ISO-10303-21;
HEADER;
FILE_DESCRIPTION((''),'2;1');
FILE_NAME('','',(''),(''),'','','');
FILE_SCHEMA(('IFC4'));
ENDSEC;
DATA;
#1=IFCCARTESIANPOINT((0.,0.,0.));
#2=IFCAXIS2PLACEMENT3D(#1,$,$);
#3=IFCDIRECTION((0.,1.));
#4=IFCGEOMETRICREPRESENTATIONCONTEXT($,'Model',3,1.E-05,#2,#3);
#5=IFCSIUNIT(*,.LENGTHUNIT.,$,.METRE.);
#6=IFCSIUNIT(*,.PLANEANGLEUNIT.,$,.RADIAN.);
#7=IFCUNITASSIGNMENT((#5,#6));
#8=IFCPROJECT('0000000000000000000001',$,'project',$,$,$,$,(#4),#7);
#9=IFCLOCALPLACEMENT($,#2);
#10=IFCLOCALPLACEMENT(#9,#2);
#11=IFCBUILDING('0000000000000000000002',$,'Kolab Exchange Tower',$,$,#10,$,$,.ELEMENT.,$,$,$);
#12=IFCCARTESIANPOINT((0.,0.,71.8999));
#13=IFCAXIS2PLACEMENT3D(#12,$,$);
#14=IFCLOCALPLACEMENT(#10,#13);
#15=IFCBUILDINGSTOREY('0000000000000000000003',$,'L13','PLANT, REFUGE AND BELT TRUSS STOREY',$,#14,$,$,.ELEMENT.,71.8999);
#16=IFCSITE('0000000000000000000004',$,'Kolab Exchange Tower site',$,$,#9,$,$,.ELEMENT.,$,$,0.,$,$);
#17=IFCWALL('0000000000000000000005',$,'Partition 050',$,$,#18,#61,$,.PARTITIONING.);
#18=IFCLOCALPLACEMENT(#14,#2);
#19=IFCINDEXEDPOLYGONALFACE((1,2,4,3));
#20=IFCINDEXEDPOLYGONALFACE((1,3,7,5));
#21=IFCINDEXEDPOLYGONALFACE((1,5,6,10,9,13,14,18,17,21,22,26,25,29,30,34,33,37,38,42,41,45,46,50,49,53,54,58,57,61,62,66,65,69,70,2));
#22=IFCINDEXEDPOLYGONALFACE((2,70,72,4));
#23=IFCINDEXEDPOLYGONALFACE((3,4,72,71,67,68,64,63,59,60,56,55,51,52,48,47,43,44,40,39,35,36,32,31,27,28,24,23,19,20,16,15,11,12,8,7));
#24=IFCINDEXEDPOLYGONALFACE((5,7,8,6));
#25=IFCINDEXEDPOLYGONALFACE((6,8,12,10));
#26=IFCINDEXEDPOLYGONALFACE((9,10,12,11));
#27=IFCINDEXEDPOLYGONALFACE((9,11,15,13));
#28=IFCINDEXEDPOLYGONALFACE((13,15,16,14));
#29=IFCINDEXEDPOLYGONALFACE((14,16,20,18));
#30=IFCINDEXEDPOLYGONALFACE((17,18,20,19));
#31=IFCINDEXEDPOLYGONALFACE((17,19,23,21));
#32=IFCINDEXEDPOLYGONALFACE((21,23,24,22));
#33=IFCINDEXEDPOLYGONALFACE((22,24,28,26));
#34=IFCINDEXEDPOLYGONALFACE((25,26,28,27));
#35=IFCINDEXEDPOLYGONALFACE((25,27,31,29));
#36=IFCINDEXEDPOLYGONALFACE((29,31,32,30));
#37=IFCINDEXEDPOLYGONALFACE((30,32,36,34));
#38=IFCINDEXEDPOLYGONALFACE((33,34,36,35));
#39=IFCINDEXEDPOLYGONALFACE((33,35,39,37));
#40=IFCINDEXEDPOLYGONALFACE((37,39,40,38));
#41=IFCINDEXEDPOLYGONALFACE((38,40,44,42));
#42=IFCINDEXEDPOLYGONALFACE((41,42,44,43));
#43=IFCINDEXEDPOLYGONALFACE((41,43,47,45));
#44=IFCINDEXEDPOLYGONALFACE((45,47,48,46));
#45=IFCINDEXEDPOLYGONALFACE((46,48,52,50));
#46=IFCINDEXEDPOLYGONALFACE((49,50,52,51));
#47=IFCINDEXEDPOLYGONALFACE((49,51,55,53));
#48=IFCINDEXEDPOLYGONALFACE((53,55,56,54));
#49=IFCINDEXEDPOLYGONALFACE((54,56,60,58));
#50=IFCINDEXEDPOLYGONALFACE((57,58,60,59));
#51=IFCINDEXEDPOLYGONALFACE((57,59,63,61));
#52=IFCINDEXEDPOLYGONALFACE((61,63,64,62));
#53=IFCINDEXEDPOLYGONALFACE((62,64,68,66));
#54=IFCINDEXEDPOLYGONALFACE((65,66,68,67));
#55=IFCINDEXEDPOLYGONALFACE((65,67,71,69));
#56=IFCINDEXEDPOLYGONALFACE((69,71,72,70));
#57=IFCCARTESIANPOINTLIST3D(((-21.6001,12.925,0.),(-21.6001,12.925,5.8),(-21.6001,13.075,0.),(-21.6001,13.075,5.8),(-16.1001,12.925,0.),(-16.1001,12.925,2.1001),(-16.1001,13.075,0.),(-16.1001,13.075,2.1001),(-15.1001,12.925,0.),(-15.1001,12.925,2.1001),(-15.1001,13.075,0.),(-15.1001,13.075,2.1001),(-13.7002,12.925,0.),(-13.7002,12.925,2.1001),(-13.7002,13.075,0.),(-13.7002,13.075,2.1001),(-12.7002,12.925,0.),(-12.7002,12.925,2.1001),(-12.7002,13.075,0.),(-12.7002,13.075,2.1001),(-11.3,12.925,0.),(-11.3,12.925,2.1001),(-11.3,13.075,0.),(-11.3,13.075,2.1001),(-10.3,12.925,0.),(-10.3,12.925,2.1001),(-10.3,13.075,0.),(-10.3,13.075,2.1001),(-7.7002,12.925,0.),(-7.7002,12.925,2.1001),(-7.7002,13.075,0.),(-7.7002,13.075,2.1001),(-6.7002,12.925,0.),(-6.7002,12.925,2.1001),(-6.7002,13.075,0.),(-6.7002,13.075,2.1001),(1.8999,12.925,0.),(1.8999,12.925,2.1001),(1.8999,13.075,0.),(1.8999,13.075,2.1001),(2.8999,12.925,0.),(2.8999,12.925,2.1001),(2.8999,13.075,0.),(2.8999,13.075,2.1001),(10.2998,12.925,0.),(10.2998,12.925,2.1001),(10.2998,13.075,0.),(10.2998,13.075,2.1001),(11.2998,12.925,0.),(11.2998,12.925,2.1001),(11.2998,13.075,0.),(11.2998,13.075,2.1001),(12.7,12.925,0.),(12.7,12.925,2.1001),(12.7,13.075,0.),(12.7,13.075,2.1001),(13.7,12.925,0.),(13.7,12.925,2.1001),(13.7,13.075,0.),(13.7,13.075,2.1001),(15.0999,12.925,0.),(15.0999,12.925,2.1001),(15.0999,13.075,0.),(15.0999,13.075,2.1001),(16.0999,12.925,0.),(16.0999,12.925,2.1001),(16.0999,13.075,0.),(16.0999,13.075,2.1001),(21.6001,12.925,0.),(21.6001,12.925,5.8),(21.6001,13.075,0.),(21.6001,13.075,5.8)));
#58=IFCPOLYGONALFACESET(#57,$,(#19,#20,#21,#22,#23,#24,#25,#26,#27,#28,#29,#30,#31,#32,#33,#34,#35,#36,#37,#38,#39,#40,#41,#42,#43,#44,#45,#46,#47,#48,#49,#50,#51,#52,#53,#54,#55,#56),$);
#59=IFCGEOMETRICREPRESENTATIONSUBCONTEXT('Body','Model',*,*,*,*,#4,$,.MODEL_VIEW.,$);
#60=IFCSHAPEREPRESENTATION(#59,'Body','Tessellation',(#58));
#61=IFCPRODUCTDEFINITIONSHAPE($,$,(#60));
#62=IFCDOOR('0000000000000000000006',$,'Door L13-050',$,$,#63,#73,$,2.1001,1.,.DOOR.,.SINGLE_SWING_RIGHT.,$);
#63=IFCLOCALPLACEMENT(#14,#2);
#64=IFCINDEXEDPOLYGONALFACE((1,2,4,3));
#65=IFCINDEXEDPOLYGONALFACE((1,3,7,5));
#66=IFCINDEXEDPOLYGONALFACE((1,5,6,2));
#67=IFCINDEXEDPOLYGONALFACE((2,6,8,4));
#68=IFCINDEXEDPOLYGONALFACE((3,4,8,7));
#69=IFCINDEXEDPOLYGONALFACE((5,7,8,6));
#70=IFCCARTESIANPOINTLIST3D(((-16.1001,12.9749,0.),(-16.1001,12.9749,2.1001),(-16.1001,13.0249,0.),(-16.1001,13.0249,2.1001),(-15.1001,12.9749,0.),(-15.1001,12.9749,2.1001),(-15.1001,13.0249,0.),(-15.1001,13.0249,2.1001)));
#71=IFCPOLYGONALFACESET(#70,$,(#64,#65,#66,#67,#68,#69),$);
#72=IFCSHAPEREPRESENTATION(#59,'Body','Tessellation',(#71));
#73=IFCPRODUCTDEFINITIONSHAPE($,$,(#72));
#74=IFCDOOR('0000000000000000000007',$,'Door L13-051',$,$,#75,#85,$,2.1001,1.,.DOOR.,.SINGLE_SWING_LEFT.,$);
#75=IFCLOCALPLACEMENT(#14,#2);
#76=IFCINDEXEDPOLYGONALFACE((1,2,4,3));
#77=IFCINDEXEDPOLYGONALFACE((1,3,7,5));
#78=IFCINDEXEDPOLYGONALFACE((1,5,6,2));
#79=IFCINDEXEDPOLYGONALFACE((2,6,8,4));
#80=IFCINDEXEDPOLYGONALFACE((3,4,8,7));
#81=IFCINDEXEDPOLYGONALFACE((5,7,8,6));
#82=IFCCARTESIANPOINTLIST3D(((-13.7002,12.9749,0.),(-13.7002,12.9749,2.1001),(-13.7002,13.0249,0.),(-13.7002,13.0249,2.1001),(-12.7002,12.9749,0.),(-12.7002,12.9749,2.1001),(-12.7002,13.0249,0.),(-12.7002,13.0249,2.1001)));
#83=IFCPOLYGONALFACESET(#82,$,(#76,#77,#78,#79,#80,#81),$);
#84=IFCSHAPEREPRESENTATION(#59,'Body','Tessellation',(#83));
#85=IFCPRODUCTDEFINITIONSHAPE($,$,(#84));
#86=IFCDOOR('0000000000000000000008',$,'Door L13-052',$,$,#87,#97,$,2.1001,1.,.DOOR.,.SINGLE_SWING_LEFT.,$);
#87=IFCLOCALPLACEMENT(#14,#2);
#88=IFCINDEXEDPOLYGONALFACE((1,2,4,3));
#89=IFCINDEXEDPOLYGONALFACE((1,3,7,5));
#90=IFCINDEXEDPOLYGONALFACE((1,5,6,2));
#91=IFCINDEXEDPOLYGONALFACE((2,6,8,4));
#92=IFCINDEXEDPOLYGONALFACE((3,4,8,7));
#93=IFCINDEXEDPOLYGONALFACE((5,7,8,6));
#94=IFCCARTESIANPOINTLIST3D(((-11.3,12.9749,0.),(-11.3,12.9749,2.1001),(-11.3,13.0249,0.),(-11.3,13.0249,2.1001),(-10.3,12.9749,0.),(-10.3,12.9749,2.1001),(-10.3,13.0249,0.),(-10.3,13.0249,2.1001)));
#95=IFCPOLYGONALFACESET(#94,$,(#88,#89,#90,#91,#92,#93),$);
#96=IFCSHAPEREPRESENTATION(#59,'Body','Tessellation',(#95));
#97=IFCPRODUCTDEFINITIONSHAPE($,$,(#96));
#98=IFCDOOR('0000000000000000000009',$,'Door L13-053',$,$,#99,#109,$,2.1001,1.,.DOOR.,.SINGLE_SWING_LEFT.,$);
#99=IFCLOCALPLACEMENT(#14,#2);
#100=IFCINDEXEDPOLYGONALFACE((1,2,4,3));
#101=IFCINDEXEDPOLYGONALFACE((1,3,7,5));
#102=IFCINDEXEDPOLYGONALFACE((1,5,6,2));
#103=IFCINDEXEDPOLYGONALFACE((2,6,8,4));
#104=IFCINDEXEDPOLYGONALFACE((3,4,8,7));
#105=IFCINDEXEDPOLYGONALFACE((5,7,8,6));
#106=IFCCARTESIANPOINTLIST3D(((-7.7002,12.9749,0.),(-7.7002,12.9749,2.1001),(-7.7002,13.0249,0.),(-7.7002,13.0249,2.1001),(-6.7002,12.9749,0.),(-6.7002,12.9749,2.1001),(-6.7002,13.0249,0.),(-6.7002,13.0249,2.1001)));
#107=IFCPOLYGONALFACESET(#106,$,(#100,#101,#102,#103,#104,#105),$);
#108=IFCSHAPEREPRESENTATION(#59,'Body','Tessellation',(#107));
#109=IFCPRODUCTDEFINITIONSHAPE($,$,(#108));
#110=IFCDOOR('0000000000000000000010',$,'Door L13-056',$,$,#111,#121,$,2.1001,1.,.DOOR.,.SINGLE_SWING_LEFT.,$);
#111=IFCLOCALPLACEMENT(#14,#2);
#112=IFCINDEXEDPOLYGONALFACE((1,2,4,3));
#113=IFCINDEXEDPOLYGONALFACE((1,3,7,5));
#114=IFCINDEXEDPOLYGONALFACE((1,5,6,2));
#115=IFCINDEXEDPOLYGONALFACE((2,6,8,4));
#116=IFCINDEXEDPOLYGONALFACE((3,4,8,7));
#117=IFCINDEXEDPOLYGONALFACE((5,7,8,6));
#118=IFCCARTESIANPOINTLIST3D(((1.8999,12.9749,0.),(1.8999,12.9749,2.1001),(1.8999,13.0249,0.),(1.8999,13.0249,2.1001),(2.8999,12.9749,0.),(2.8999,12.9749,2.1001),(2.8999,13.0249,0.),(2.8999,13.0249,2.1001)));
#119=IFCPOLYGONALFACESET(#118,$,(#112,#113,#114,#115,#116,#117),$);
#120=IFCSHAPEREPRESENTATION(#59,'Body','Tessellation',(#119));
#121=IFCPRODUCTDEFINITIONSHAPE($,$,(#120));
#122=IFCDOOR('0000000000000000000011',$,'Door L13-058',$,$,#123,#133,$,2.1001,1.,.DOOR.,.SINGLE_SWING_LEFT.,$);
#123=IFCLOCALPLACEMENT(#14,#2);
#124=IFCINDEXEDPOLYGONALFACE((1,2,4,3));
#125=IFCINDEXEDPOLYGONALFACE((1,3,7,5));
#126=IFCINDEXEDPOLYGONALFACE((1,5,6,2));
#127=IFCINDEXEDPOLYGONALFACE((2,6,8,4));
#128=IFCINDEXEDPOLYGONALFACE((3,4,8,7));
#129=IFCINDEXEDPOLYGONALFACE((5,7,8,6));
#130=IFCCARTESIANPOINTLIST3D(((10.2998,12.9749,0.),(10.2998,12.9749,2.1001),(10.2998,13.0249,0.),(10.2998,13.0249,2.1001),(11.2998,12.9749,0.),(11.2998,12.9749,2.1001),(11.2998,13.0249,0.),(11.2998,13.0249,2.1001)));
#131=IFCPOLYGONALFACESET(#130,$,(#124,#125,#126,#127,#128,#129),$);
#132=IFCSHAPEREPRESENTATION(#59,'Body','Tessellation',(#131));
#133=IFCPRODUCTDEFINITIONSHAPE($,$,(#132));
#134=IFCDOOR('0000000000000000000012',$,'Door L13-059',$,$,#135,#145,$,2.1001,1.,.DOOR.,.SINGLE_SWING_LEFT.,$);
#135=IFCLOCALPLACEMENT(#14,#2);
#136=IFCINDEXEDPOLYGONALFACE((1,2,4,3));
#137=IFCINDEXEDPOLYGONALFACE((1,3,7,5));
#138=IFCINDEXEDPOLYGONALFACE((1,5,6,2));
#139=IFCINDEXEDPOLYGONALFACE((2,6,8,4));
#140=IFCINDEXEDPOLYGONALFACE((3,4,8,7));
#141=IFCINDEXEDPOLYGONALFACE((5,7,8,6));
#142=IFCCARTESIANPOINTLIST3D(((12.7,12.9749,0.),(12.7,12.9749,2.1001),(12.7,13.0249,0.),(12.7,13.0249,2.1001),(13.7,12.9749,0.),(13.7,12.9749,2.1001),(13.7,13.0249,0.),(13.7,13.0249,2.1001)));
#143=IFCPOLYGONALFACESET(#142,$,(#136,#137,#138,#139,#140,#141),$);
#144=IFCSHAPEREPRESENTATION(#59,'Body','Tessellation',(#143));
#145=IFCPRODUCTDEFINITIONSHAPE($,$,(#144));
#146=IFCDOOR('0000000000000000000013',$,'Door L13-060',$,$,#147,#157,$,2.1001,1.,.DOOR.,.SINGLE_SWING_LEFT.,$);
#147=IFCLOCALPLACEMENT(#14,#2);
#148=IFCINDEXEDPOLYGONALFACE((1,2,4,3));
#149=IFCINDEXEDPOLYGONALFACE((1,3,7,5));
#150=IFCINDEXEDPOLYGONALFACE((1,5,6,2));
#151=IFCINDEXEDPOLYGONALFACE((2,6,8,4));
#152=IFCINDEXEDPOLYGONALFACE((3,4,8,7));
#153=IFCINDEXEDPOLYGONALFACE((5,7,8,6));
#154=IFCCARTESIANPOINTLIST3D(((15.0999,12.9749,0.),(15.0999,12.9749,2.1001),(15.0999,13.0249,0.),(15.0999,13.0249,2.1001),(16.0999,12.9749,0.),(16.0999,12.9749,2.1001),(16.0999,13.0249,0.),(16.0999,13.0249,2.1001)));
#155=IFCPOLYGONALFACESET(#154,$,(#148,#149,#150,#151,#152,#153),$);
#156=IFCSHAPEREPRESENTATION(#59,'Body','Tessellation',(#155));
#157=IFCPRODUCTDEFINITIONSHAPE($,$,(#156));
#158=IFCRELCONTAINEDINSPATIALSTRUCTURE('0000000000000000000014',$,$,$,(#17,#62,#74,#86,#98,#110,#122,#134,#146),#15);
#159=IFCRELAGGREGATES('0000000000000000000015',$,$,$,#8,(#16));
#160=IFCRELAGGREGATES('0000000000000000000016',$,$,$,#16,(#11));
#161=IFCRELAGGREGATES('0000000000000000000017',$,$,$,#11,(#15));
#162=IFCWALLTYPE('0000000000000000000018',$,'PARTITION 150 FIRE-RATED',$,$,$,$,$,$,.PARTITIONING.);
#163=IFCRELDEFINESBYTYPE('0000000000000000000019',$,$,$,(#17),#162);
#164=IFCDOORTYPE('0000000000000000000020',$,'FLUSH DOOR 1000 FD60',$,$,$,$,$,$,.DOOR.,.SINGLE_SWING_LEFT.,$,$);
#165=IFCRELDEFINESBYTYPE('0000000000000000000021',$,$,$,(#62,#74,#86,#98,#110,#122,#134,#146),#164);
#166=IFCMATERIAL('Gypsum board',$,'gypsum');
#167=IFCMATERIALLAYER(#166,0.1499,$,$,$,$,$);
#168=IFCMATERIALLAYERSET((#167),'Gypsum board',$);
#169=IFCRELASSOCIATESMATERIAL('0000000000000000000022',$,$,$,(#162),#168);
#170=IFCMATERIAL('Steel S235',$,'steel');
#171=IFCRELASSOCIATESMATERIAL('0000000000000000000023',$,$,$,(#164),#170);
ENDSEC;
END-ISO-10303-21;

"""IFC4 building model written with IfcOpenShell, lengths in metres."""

from ifc_helpers import new_model, si_unit, direction, frame, frame_2d, origin, place, context, subcontext, project, spatial, rectangle, extrude, material, layer, layer_set, type_object, element, fill, save


model = new_model("IFC4")

# Units and contexts
model_context = context("Model", 3, precision=1e-05, world=origin(), true_north=direction((0.0, 1.0)))
body_context = subcontext(model_context, "Body", "Model", "MODEL_VIEW")
ifc_project = project(units=[si_unit("LENGTHUNIT", "METRE"), si_unit("PLANEANGLEUNIT", "RADIAN")], contexts=[model_context])

# Site, building, storey
site_placement = place(None, origin())
site = spatial("IfcSite", under=ifc_project, at=site_placement, Name="Kolab Exchange Tower site", CompositionType="ELEMENT", RefElevation=0.0)
building_placement = place(site_placement, origin())
building = spatial("IfcBuilding", under=site, at=building_placement, Name="Kolab Exchange Tower", CompositionType="ELEMENT")
storey_placement = place(building_placement, frame((0.0, 0.0, 71.8999)))
storey = spatial("IfcBuildingStorey", under=building, at=storey_placement, Name="L13", Description="PLANT, REFUGE AND BELT TRUSS STOREY", CompositionType="ELEMENT", Elevation=71.8999)

# Shared definitions
ifc_material_1 = material(Name="Gypsum board", Category="gypsum")
ifc_layer_1 = layer(ifc_material_1, 0.1499)
ifc_layer_set_1 = layer_set([ifc_layer_1], Name="Gypsum board")
wall_type_1 = type_object("IfcWallType", Name="PARTITION 150 FIRE-RATED", PredefinedType="PARTITIONING", material=ifc_layer_set_1)

# Shared definitions
ifc_material_2 = material(Name="Steel S235", Category="steel")
door_type = type_object("IfcDoorType", Name="FLUSH DOOR 1000 FD60", OperationType="SINGLE_SWING_LEFT", PredefinedType="DOOR", material=ifc_material_2)

# Wall, openings, doors
wall_1_placement = place(storey_placement, frame((-21.6001, 13.0, 0.0), z_axis=(0.0, 0.0, 1.0), x_axis=(1.0, 0.0, 0.0)))
wall_1 = element("IfcWall", 1, at=wall_1_placement, inside=storey, type_object=wall_type_1, Name="Partition 050", PredefinedType="PARTITIONING", context=body_context, shape_type="SweptSolid", body=[
    extrude(rectangle(XDim=43.2002, YDim=0.1499, at=frame_2d((21.6001, 0.0))), origin(), (0.0, 0.0, 1.0), 5.8),
])
opening_1_placement = place(wall_1_placement, frame((5.5, 0.0, 0.0)))
opening_1 = element("IfcOpeningElement", 2, at=opening_1_placement, cuts=wall_1, PredefinedType="OPENING", context=body_context, shape_type="SweptSolid", body=[
    extrude(rectangle(XDim=1.0, YDim=2.1001, at=frame_2d((0.5, 1.05))), frame((0.0, 0.085, 0.0), z_axis=(0.0, -1.0, 0.0), x_axis=(1.0, 0.0, 0.0)), (0.0, 0.0, 1.0), 0.1699),
])
opening_2_placement = place(wall_1_placement, frame((7.8999, 0.0, 0.0)))
opening_2 = element("IfcOpeningElement", 3, at=opening_2_placement, cuts=wall_1, PredefinedType="OPENING", context=body_context, shape_type="SweptSolid", body=[
    extrude(rectangle(XDim=1.0, YDim=2.1001, at=frame_2d((0.5, 1.05))), frame((0.0, 0.085, 0.0), z_axis=(0.0, -1.0, 0.0), x_axis=(1.0, 0.0, 0.0)), (0.0, 0.0, 1.0), 0.1699),
])
opening_3_placement = place(wall_1_placement, frame((10.3, 0.0, 0.0)))
opening_3 = element("IfcOpeningElement", 4, at=opening_3_placement, cuts=wall_1, PredefinedType="OPENING", context=body_context, shape_type="SweptSolid", body=[
    extrude(rectangle(XDim=1.0, YDim=2.1001, at=frame_2d((0.5, 1.05))), frame((0.0, 0.085, 0.0), z_axis=(0.0, -1.0, 0.0), x_axis=(1.0, 0.0, 0.0)), (0.0, 0.0, 1.0), 0.1699),
])
opening_4_placement = place(wall_1_placement, frame((13.8999, 0.0, 0.0)))
opening_4 = element("IfcOpeningElement", 5, at=opening_4_placement, cuts=wall_1, PredefinedType="OPENING", context=body_context, shape_type="SweptSolid", body=[
    extrude(rectangle(XDim=1.0, YDim=2.1001, at=frame_2d((0.5, 1.05))), frame((0.0, 0.085, 0.0), z_axis=(0.0, -1.0, 0.0), x_axis=(1.0, 0.0, 0.0)), (0.0, 0.0, 1.0), 0.1699),
])
opening_5_placement = place(wall_1_placement, frame((23.5, 0.0, 0.0)))
opening_5 = element("IfcOpeningElement", 6, at=opening_5_placement, cuts=wall_1, PredefinedType="OPENING", context=body_context, shape_type="SweptSolid", body=[
    extrude(rectangle(XDim=1.0, YDim=2.1001, at=frame_2d((0.5, 1.05))), frame((0.0, 0.085, 0.0), z_axis=(0.0, -1.0, 0.0), x_axis=(1.0, 0.0, 0.0)), (0.0, 0.0, 1.0), 0.1699),
])
opening_6_placement = place(wall_1_placement, frame((31.8999, 0.0, 0.0)))
opening_6 = element("IfcOpeningElement", 7, at=opening_6_placement, cuts=wall_1, PredefinedType="OPENING", context=body_context, shape_type="SweptSolid", body=[
    extrude(rectangle(XDim=1.0, YDim=2.1001, at=frame_2d((0.5, 1.05))), frame((0.0, 0.085, 0.0), z_axis=(0.0, -1.0, 0.0), x_axis=(1.0, 0.0, 0.0)), (0.0, 0.0, 1.0), 0.1699),
])
opening_7_placement = place(wall_1_placement, frame((34.3, 0.0, 0.0)))
opening_7 = element("IfcOpeningElement", 8, at=opening_7_placement, cuts=wall_1, PredefinedType="OPENING", context=body_context, shape_type="SweptSolid", body=[
    extrude(rectangle(XDim=1.0, YDim=2.1001, at=frame_2d((0.5, 1.05))), frame((0.0, 0.085, 0.0), z_axis=(0.0, -1.0, 0.0), x_axis=(1.0, 0.0, 0.0)), (0.0, 0.0, 1.0), 0.1699),
])
opening_8_placement = place(wall_1_placement, frame((36.7, 0.0, 0.0)))
opening_8 = element("IfcOpeningElement", 9, at=opening_8_placement, cuts=wall_1, PredefinedType="OPENING", context=body_context, shape_type="SweptSolid", body=[
    extrude(rectangle(XDim=1.0, YDim=2.1001, at=frame_2d((0.5, 1.05))), frame((0.0, 0.085, 0.0), z_axis=(0.0, -1.0, 0.0), x_axis=(1.0, 0.0, 0.0)), (0.0, 0.0, 1.0), 0.1699),
])
door_1_placement = place(opening_1_placement, origin())
door_1 = element("IfcDoor", 10, at=door_1_placement, inside=storey, type_object=door_type, Name="Door L13-050", OperationType="SINGLE_SWING_RIGHT", OverallHeight=2.1001, OverallWidth=1.0, PredefinedType="DOOR", context=body_context, shape_type="SweptSolid", body=[
    extrude(rectangle(XDim=1.0, YDim=2.1001, at=frame_2d((0.5, 1.05))), frame((0.0, 0.0249, 0.0), z_axis=(0.0, -1.0, 0.0), x_axis=(1.0, 0.0, 0.0)), (0.0, 0.0, 1.0), 0.05),
])
fill(opening_1, door_1)
door_2_placement = place(opening_2_placement, origin())
door_2 = element("IfcDoor", 11, at=door_2_placement, inside=storey, type_object=door_type, Name="Door L13-051", OperationType="SINGLE_SWING_LEFT", OverallHeight=2.1001, OverallWidth=1.0, PredefinedType="DOOR", context=body_context, shape_type="SweptSolid", body=[
    extrude(rectangle(XDim=1.0, YDim=2.1001, at=frame_2d((0.5, 1.05))), frame((0.0, 0.0249, 0.0), z_axis=(0.0, -1.0, 0.0), x_axis=(1.0, 0.0, 0.0)), (0.0, 0.0, 1.0), 0.05),
])
fill(opening_2, door_2)
door_3_placement = place(opening_3_placement, origin())
door_3 = element("IfcDoor", 12, at=door_3_placement, inside=storey, type_object=door_type, Name="Door L13-052", OperationType="SINGLE_SWING_LEFT", OverallHeight=2.1001, OverallWidth=1.0, PredefinedType="DOOR", context=body_context, shape_type="SweptSolid", body=[
    extrude(rectangle(XDim=1.0, YDim=2.1001, at=frame_2d((0.5, 1.05))), frame((0.0, 0.0249, 0.0), z_axis=(0.0, -1.0, 0.0), x_axis=(1.0, 0.0, 0.0)), (0.0, 0.0, 1.0), 0.05),
])
fill(opening_3, door_3)
door_4_placement = place(opening_4_placement, origin())
door_4 = element("IfcDoor", 13, at=door_4_placement, inside=storey, type_object=door_type, Name="Door L13-053", OperationType="SINGLE_SWING_LEFT", OverallHeight=2.1001, OverallWidth=1.0, PredefinedType="DOOR", context=body_context, shape_type="SweptSolid", body=[
    extrude(rectangle(XDim=1.0, YDim=2.1001, at=frame_2d((0.5, 1.05))), frame((0.0, 0.0249, 0.0), z_axis=(0.0, -1.0, 0.0), x_axis=(1.0, 0.0, 0.0)), (0.0, 0.0, 1.0), 0.05),
])
fill(opening_4, door_4)
door_5_placement = place(opening_5_placement, origin())
door_5 = element("IfcDoor", 14, at=door_5_placement, inside=storey, type_object=door_type, Name="Door L13-056", OperationType="SINGLE_SWING_LEFT", OverallHeight=2.1001, OverallWidth=1.0, PredefinedType="DOOR", context=body_context, shape_type="SweptSolid", body=[
    extrude(rectangle(XDim=1.0, YDim=2.1001, at=frame_2d((0.5, 1.05))), frame((0.0, 0.0249, 0.0), z_axis=(0.0, -1.0, 0.0), x_axis=(1.0, 0.0, 0.0)), (0.0, 0.0, 1.0), 0.05),
])
fill(opening_5, door_5)
door_6_placement = place(opening_6_placement, origin())
door_6 = element("IfcDoor", 15, at=door_6_placement, inside=storey, type_object=door_type, Name="Door L13-058", OperationType="SINGLE_SWING_LEFT", OverallHeight=2.1001, OverallWidth=1.0, PredefinedType="DOOR", context=body_context, shape_type="SweptSolid", body=[
    extrude(rectangle(XDim=1.0, YDim=2.1001, at=frame_2d((0.5, 1.05))), frame((0.0, 0.0249, 0.0), z_axis=(0.0, -1.0, 0.0), x_axis=(1.0, 0.0, 0.0)), (0.0, 0.0, 1.0), 0.05),
])
fill(opening_6, door_6)
door_7_placement = place(opening_7_placement, origin())
door_7 = element("IfcDoor", 16, at=door_7_placement, inside=storey, type_object=door_type, Name="Door L13-059", OperationType="SINGLE_SWING_LEFT", OverallHeight=2.1001, OverallWidth=1.0, PredefinedType="DOOR", context=body_context, shape_type="SweptSolid", body=[
    extrude(rectangle(XDim=1.0, YDim=2.1001, at=frame_2d((0.5, 1.05))), frame((0.0, 0.0249, 0.0), z_axis=(0.0, -1.0, 0.0), x_axis=(1.0, 0.0, 0.0)), (0.0, 0.0, 1.0), 0.05),
])
fill(opening_7, door_7)
door_8_placement = place(opening_8_placement, origin())
door_8 = element("IfcDoor", 17, at=door_8_placement, inside=storey, type_object=door_type, Name="Door L13-060", OperationType="SINGLE_SWING_LEFT", OverallHeight=2.1001, OverallWidth=1.0, PredefinedType="DOOR", context=body_context, shape_type="SweptSolid", body=[
    extrude(rectangle(XDim=1.0, YDim=2.1001, at=frame_2d((0.5, 1.05))), frame((0.0, 0.0249, 0.0), z_axis=(0.0, -1.0, 0.0), x_axis=(1.0, 0.0, 0.0)), (0.0, 0.0, 1.0), 0.05),
])
fill(opening_8, door_8)

save(model, "model.ifc")
